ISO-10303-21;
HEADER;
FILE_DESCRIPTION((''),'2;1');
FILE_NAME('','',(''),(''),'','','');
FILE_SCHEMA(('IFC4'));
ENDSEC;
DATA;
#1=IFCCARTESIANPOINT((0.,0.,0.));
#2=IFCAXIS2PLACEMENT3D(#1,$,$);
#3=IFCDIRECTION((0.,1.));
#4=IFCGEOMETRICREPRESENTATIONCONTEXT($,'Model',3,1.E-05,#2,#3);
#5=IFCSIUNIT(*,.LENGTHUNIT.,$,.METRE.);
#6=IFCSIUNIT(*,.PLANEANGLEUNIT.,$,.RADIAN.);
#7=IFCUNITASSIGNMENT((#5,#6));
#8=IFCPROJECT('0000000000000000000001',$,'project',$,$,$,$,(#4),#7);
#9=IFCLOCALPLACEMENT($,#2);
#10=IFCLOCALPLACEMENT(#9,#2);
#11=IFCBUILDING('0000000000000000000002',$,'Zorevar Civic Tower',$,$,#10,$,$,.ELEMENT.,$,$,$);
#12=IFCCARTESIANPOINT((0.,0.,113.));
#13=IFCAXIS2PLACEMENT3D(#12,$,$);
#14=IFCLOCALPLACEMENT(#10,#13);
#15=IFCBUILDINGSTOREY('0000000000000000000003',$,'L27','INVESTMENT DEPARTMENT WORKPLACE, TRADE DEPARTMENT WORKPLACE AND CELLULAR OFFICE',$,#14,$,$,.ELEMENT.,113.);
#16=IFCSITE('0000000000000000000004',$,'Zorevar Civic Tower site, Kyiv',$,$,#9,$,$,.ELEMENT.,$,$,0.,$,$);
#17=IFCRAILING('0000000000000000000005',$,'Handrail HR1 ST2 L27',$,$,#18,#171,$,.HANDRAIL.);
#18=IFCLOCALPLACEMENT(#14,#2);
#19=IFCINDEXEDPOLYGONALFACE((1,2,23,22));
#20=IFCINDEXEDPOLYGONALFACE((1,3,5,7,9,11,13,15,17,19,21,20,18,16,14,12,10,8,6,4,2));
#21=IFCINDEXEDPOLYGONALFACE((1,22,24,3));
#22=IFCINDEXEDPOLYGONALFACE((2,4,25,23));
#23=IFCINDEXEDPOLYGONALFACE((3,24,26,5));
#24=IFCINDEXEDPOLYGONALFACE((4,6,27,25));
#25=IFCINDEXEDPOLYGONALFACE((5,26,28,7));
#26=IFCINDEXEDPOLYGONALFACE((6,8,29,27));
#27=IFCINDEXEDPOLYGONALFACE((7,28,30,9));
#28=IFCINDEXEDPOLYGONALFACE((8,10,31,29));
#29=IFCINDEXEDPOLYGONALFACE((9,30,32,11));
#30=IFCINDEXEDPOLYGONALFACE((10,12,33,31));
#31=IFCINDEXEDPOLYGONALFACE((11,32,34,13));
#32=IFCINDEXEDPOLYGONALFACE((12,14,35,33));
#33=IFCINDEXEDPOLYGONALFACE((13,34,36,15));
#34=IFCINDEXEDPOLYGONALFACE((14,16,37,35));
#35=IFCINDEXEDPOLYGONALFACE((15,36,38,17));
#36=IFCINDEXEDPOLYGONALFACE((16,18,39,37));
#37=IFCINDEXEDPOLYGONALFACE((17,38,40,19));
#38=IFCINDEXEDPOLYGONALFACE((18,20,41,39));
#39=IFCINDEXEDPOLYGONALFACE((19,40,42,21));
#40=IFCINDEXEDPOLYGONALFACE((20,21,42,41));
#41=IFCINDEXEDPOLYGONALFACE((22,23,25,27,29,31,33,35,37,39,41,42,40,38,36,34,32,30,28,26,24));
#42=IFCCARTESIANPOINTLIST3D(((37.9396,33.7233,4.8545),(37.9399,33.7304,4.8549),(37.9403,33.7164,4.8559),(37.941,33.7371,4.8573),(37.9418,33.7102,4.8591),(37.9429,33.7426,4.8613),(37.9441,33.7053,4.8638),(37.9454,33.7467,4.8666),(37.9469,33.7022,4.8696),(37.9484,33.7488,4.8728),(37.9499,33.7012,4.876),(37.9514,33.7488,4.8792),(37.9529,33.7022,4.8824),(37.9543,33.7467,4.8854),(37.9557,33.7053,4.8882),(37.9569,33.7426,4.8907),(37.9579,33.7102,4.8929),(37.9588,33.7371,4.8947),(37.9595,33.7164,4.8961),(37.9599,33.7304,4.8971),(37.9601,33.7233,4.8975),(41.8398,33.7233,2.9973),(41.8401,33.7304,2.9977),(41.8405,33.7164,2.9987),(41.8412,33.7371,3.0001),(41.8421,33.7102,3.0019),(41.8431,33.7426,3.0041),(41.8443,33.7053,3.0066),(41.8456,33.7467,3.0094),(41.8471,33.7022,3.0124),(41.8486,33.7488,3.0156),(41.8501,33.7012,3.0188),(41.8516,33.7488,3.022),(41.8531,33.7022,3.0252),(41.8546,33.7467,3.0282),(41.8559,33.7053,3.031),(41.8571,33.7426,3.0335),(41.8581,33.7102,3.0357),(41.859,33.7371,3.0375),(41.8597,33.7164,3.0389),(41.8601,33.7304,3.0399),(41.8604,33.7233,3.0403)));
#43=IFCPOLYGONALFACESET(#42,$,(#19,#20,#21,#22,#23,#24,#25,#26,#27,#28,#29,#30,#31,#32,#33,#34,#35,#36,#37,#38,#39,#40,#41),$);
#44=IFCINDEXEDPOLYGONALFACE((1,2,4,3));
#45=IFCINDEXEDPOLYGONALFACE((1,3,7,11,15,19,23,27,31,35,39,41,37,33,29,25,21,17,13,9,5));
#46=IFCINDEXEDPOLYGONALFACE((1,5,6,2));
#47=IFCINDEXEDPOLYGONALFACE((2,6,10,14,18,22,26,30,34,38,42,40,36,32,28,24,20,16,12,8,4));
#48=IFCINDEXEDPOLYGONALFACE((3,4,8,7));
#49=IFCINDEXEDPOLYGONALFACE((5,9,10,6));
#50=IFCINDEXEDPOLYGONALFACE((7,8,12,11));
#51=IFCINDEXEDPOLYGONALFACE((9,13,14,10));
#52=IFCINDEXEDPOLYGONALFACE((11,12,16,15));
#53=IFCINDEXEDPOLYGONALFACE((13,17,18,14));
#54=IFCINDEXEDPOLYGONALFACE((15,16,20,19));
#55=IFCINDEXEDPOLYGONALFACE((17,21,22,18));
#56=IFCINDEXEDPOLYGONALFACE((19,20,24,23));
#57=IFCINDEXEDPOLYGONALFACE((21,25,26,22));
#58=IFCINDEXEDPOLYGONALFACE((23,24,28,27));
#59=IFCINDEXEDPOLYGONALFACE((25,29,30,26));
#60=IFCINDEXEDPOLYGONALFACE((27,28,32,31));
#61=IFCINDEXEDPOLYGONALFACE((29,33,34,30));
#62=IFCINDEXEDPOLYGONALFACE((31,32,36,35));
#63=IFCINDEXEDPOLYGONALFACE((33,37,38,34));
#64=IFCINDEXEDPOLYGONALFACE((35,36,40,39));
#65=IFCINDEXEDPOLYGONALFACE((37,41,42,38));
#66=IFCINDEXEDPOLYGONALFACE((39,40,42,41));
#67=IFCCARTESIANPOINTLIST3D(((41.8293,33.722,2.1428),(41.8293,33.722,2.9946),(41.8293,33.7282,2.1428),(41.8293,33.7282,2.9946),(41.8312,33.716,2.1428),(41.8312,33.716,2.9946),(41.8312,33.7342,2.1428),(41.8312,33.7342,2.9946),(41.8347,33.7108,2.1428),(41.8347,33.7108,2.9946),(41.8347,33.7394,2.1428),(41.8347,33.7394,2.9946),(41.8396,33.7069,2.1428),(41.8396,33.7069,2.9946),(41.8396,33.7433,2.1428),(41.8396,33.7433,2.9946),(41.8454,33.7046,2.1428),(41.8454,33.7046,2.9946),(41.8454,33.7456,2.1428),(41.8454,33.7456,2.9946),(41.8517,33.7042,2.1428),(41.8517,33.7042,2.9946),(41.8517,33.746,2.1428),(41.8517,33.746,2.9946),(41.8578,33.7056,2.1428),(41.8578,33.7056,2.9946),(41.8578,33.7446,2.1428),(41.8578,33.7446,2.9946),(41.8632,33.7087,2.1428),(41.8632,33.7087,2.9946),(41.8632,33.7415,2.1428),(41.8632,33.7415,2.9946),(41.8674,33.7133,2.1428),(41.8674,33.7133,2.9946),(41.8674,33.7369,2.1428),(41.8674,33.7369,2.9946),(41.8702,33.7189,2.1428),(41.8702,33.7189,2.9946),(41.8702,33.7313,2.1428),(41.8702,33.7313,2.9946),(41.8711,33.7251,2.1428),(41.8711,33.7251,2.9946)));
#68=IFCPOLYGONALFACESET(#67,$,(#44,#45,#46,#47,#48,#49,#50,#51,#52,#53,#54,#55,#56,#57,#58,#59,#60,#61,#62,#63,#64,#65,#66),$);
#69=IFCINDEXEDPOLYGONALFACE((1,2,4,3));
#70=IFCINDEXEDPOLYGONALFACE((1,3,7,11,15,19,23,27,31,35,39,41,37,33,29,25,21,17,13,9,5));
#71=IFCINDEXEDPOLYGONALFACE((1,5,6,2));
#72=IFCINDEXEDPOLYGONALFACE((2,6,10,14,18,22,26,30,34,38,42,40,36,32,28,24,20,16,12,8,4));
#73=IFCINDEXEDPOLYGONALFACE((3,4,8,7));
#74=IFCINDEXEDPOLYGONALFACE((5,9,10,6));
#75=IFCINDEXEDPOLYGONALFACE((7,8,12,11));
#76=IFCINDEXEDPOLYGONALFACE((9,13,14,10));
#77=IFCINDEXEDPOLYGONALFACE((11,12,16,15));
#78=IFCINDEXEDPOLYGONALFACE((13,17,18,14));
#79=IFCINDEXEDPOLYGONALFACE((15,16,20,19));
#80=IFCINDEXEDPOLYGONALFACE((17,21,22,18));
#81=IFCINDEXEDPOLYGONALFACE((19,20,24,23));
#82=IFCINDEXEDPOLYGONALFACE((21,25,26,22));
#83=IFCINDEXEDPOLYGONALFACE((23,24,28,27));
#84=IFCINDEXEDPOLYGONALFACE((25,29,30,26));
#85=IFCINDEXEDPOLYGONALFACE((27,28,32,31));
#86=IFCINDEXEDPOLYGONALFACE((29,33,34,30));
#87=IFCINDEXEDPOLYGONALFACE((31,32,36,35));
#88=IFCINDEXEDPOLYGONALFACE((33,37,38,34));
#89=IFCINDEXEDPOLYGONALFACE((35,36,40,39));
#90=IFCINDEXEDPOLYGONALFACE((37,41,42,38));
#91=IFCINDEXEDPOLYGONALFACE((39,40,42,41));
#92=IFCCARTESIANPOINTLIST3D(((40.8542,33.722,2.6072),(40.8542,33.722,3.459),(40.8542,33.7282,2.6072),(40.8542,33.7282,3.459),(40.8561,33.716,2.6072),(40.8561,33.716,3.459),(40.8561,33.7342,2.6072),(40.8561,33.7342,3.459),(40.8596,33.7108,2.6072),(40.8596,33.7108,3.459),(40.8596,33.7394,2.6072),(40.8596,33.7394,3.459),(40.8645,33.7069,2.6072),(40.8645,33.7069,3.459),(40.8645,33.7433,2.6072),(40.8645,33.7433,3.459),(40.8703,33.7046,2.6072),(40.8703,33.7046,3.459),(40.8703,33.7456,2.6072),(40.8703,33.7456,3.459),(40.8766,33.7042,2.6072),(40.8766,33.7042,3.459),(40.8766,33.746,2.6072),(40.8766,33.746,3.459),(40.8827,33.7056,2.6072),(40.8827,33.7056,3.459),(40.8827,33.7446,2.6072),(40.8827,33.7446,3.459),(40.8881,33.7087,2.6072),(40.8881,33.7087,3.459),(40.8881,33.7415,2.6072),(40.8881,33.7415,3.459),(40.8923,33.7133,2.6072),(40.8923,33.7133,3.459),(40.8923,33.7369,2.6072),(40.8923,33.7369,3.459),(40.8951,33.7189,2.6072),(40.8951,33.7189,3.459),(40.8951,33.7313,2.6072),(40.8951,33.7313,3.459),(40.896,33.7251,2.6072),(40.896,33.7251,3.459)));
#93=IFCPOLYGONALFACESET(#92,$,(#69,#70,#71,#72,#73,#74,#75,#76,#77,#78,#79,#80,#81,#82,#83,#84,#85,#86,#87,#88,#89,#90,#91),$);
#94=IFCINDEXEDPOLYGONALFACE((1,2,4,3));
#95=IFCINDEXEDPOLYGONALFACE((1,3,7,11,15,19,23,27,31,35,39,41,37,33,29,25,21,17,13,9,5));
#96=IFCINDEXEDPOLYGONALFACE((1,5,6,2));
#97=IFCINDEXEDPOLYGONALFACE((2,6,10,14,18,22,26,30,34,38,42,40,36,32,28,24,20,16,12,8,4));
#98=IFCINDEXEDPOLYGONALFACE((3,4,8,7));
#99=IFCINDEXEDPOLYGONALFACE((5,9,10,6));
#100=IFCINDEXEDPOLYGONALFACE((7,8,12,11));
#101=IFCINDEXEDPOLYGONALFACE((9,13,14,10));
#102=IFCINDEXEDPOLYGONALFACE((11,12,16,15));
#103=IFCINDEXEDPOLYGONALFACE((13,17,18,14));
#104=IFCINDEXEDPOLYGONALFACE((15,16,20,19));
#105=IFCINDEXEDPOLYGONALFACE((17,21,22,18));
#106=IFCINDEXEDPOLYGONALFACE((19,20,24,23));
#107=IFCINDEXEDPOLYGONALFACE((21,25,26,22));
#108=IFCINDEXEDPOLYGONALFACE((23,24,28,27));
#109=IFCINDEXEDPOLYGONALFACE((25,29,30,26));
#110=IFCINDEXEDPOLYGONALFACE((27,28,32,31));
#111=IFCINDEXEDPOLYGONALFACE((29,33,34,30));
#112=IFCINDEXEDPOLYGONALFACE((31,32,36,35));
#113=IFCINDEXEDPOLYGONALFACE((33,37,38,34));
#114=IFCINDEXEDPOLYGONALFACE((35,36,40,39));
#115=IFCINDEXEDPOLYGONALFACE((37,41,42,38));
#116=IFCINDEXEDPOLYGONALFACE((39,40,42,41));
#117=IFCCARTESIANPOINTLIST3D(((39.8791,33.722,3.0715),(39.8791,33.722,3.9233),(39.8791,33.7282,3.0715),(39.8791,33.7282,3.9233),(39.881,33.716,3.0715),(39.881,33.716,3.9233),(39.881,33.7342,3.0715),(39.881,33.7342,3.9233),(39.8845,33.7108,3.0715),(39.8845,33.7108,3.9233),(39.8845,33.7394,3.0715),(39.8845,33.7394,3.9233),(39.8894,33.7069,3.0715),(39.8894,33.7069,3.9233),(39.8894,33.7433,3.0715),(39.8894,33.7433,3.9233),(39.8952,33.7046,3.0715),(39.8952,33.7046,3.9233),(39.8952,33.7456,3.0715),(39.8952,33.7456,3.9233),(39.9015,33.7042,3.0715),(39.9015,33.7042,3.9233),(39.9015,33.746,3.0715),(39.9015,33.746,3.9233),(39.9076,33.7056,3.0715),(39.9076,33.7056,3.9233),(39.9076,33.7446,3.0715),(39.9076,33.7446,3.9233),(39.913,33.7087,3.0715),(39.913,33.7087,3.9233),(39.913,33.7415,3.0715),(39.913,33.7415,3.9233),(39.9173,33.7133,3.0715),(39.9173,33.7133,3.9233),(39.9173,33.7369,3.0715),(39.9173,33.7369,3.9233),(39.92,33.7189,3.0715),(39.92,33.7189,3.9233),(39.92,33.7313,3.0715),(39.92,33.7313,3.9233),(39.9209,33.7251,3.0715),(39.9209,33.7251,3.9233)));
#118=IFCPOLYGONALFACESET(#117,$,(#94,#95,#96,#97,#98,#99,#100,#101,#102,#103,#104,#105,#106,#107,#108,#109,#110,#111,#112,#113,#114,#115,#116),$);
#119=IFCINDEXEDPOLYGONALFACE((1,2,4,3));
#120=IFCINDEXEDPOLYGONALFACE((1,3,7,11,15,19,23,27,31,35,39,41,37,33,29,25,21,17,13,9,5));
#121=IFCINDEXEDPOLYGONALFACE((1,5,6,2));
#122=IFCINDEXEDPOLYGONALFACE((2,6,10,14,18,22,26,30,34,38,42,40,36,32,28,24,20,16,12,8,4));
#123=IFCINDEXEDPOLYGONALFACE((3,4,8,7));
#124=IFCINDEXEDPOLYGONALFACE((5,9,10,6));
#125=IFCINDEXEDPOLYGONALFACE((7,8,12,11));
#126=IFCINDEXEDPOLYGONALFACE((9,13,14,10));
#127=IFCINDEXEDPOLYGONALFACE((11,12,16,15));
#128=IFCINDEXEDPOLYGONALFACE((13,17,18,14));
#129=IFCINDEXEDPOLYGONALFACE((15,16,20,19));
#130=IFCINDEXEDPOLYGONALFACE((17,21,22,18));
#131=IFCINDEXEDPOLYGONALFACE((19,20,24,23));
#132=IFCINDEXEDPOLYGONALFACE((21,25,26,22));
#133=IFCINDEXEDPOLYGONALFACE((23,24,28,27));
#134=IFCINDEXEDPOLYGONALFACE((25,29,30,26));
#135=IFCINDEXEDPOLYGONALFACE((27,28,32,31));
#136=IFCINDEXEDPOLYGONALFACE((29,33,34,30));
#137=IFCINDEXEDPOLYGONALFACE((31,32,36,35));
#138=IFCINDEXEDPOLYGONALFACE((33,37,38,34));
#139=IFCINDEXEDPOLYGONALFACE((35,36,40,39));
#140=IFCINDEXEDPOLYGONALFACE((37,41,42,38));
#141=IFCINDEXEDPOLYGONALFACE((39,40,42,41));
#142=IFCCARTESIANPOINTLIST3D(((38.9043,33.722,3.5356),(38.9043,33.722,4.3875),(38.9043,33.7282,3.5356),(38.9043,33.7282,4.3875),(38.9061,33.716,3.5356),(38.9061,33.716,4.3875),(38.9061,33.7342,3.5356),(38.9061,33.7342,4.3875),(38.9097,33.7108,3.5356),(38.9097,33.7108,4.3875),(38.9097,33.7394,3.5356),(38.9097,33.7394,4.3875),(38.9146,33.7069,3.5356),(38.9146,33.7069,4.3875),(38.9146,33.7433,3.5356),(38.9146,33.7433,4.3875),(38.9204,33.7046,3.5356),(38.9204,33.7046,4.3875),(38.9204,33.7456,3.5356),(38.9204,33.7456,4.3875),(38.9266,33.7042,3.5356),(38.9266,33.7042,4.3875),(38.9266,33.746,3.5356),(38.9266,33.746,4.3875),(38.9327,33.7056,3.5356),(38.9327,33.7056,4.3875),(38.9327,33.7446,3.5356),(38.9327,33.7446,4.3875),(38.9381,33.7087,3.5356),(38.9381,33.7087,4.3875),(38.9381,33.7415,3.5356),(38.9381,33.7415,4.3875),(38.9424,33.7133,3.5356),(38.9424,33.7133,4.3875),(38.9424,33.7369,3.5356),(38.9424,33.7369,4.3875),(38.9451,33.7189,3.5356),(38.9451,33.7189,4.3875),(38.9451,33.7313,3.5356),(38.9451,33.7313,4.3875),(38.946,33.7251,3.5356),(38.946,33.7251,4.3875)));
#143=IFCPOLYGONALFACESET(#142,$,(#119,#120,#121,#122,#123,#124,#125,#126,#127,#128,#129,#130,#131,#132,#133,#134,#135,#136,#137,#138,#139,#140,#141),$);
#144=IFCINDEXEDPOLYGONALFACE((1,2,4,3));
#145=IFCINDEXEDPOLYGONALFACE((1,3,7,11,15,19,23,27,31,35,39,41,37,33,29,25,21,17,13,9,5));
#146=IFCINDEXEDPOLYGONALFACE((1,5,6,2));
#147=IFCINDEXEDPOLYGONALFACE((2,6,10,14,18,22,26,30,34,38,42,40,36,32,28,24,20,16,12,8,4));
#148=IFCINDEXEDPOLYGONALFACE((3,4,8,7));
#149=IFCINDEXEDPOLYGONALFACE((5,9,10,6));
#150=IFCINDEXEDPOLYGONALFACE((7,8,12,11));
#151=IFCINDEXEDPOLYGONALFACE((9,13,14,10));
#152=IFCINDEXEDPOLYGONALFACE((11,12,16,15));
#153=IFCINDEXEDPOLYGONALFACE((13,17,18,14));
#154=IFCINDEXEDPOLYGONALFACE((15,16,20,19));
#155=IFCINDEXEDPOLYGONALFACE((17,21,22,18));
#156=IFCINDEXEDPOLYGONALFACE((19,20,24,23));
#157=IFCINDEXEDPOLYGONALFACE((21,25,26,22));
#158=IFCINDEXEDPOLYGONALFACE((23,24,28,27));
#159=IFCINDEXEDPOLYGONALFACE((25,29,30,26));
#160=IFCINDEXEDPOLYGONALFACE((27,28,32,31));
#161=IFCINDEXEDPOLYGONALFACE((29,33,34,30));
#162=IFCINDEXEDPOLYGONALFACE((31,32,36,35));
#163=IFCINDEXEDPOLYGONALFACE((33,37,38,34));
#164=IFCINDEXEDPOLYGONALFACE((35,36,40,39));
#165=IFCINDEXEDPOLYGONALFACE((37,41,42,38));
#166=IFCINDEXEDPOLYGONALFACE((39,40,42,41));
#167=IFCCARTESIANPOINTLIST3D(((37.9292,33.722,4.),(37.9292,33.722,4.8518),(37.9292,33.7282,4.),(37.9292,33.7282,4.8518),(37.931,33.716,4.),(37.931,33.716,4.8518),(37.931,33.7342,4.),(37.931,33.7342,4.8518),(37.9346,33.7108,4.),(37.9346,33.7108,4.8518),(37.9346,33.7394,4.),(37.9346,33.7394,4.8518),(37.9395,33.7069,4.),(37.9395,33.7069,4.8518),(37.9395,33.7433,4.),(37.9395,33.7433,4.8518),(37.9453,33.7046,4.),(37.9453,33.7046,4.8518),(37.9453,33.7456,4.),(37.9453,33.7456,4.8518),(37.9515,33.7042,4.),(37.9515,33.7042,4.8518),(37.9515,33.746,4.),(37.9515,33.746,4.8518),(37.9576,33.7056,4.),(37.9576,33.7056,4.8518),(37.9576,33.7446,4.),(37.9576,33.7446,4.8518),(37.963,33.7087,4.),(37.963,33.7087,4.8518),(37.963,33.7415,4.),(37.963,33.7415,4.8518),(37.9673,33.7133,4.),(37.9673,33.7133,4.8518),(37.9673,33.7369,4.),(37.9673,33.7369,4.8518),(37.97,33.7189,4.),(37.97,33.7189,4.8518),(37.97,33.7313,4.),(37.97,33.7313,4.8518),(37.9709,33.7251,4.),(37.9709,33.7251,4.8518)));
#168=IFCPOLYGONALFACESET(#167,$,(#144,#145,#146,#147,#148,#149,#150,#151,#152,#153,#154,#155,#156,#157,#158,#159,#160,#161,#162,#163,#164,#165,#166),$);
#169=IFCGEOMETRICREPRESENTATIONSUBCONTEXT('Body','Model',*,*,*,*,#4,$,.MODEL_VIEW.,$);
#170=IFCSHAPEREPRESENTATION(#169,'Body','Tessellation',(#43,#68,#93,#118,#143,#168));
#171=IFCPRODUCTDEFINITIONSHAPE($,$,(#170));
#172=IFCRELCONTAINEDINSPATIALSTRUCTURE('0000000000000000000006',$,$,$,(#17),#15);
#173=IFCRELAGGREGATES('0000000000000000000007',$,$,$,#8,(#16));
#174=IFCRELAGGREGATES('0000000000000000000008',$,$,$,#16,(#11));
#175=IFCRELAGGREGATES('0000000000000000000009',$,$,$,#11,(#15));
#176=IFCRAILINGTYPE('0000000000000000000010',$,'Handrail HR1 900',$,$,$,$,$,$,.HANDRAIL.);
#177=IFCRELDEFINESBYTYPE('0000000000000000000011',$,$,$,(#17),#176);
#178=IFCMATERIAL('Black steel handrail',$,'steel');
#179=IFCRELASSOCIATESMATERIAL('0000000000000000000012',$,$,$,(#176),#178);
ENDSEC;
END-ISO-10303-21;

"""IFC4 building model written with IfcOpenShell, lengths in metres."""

from ifc_helpers import new_model, si_unit, direction, frame, origin, origin_2d, place, context, subcontext, project, spatial, circle, extrude, material, type_object, element, save


model = new_model("IFC4")

# Units and contexts
model_context = context("Model", 3, precision=1e-05, world=origin(), true_north=direction((0.0, 1.0)))
body_context = subcontext(model_context, "Body", "Model", "MODEL_VIEW")
ifc_project = project(units=[si_unit("LENGTHUNIT", "METRE"), si_unit("PLANEANGLEUNIT", "RADIAN")], contexts=[model_context])

# Site, building, storey
site_placement = place(None, origin())
site = spatial("IfcSite", under=ifc_project, at=site_placement, Name="Zorevar Civic Tower site, Kyiv", CompositionType="ELEMENT", RefElevation=0.0)
building_placement = place(site_placement, origin())
building = spatial("IfcBuilding", under=site, at=building_placement, Name="Zorevar Civic Tower", CompositionType="ELEMENT")
storey_placement = place(building_placement, frame((0.0, 0.0, 113.0)))
storey = spatial("IfcBuildingStorey", under=building, at=storey_placement, Name="L27", Description="INVESTMENT DEPARTMENT WORKPLACE, TRADE DEPARTMENT WORKPLACE AND CELLULAR OFFICE", CompositionType="ELEMENT", Elevation=113.0)

# Railing
ifc_material_1 = material(Name="Black steel handrail", Category="steel")
railing_type = type_object("IfcRailingType", Name="Handrail HR1 900", PredefinedType="HANDRAIL", material=ifc_material_1)
railing_1_placement = place(storey_placement, frame((41.8501, 33.7251, 2.1428)))
element("IfcRailing", 1, at=railing_1_placement, inside=storey, type_object=railing_type, Name="Handrail HR1 ST2 L27", PredefinedType="HANDRAIL", context=body_context, shape_type="SweptSolid", body=[
    extrude(circle(Radius=0.0239, at=origin_2d()), frame((0.0, 0.0, 0.876), z_axis=(-0.902864, 0.0, 0.429927), x_axis=(0.0, -1.0, 0.0)), (0.0, 0.0, 1.0), 4.3198),
    extrude(circle(Radius=0.021, at=origin_2d()), origin(), (0.0, 0.0, 1.0), 0.8518),
    extrude(circle(Radius=0.021, at=origin_2d()), frame((-0.9751, 0.0, 0.4644)), (0.0, 0.0, 1.0), 0.8518),
    extrude(circle(Radius=0.021, at=origin_2d()), frame((-1.9502, 0.0, 0.9287)), (0.0, 0.0, 1.0), 0.8518),
    extrude(circle(Radius=0.021, at=origin_2d()), frame((-2.925, 0.0, 1.3928)), (0.0, 0.0, 1.0), 0.8518),
    extrude(circle(Radius=0.021, at=origin_2d()), frame((-3.9001, 0.0, 1.8572)), (0.0, 0.0, 1.0), 0.8518),
])

save(model, "model.ifc")
